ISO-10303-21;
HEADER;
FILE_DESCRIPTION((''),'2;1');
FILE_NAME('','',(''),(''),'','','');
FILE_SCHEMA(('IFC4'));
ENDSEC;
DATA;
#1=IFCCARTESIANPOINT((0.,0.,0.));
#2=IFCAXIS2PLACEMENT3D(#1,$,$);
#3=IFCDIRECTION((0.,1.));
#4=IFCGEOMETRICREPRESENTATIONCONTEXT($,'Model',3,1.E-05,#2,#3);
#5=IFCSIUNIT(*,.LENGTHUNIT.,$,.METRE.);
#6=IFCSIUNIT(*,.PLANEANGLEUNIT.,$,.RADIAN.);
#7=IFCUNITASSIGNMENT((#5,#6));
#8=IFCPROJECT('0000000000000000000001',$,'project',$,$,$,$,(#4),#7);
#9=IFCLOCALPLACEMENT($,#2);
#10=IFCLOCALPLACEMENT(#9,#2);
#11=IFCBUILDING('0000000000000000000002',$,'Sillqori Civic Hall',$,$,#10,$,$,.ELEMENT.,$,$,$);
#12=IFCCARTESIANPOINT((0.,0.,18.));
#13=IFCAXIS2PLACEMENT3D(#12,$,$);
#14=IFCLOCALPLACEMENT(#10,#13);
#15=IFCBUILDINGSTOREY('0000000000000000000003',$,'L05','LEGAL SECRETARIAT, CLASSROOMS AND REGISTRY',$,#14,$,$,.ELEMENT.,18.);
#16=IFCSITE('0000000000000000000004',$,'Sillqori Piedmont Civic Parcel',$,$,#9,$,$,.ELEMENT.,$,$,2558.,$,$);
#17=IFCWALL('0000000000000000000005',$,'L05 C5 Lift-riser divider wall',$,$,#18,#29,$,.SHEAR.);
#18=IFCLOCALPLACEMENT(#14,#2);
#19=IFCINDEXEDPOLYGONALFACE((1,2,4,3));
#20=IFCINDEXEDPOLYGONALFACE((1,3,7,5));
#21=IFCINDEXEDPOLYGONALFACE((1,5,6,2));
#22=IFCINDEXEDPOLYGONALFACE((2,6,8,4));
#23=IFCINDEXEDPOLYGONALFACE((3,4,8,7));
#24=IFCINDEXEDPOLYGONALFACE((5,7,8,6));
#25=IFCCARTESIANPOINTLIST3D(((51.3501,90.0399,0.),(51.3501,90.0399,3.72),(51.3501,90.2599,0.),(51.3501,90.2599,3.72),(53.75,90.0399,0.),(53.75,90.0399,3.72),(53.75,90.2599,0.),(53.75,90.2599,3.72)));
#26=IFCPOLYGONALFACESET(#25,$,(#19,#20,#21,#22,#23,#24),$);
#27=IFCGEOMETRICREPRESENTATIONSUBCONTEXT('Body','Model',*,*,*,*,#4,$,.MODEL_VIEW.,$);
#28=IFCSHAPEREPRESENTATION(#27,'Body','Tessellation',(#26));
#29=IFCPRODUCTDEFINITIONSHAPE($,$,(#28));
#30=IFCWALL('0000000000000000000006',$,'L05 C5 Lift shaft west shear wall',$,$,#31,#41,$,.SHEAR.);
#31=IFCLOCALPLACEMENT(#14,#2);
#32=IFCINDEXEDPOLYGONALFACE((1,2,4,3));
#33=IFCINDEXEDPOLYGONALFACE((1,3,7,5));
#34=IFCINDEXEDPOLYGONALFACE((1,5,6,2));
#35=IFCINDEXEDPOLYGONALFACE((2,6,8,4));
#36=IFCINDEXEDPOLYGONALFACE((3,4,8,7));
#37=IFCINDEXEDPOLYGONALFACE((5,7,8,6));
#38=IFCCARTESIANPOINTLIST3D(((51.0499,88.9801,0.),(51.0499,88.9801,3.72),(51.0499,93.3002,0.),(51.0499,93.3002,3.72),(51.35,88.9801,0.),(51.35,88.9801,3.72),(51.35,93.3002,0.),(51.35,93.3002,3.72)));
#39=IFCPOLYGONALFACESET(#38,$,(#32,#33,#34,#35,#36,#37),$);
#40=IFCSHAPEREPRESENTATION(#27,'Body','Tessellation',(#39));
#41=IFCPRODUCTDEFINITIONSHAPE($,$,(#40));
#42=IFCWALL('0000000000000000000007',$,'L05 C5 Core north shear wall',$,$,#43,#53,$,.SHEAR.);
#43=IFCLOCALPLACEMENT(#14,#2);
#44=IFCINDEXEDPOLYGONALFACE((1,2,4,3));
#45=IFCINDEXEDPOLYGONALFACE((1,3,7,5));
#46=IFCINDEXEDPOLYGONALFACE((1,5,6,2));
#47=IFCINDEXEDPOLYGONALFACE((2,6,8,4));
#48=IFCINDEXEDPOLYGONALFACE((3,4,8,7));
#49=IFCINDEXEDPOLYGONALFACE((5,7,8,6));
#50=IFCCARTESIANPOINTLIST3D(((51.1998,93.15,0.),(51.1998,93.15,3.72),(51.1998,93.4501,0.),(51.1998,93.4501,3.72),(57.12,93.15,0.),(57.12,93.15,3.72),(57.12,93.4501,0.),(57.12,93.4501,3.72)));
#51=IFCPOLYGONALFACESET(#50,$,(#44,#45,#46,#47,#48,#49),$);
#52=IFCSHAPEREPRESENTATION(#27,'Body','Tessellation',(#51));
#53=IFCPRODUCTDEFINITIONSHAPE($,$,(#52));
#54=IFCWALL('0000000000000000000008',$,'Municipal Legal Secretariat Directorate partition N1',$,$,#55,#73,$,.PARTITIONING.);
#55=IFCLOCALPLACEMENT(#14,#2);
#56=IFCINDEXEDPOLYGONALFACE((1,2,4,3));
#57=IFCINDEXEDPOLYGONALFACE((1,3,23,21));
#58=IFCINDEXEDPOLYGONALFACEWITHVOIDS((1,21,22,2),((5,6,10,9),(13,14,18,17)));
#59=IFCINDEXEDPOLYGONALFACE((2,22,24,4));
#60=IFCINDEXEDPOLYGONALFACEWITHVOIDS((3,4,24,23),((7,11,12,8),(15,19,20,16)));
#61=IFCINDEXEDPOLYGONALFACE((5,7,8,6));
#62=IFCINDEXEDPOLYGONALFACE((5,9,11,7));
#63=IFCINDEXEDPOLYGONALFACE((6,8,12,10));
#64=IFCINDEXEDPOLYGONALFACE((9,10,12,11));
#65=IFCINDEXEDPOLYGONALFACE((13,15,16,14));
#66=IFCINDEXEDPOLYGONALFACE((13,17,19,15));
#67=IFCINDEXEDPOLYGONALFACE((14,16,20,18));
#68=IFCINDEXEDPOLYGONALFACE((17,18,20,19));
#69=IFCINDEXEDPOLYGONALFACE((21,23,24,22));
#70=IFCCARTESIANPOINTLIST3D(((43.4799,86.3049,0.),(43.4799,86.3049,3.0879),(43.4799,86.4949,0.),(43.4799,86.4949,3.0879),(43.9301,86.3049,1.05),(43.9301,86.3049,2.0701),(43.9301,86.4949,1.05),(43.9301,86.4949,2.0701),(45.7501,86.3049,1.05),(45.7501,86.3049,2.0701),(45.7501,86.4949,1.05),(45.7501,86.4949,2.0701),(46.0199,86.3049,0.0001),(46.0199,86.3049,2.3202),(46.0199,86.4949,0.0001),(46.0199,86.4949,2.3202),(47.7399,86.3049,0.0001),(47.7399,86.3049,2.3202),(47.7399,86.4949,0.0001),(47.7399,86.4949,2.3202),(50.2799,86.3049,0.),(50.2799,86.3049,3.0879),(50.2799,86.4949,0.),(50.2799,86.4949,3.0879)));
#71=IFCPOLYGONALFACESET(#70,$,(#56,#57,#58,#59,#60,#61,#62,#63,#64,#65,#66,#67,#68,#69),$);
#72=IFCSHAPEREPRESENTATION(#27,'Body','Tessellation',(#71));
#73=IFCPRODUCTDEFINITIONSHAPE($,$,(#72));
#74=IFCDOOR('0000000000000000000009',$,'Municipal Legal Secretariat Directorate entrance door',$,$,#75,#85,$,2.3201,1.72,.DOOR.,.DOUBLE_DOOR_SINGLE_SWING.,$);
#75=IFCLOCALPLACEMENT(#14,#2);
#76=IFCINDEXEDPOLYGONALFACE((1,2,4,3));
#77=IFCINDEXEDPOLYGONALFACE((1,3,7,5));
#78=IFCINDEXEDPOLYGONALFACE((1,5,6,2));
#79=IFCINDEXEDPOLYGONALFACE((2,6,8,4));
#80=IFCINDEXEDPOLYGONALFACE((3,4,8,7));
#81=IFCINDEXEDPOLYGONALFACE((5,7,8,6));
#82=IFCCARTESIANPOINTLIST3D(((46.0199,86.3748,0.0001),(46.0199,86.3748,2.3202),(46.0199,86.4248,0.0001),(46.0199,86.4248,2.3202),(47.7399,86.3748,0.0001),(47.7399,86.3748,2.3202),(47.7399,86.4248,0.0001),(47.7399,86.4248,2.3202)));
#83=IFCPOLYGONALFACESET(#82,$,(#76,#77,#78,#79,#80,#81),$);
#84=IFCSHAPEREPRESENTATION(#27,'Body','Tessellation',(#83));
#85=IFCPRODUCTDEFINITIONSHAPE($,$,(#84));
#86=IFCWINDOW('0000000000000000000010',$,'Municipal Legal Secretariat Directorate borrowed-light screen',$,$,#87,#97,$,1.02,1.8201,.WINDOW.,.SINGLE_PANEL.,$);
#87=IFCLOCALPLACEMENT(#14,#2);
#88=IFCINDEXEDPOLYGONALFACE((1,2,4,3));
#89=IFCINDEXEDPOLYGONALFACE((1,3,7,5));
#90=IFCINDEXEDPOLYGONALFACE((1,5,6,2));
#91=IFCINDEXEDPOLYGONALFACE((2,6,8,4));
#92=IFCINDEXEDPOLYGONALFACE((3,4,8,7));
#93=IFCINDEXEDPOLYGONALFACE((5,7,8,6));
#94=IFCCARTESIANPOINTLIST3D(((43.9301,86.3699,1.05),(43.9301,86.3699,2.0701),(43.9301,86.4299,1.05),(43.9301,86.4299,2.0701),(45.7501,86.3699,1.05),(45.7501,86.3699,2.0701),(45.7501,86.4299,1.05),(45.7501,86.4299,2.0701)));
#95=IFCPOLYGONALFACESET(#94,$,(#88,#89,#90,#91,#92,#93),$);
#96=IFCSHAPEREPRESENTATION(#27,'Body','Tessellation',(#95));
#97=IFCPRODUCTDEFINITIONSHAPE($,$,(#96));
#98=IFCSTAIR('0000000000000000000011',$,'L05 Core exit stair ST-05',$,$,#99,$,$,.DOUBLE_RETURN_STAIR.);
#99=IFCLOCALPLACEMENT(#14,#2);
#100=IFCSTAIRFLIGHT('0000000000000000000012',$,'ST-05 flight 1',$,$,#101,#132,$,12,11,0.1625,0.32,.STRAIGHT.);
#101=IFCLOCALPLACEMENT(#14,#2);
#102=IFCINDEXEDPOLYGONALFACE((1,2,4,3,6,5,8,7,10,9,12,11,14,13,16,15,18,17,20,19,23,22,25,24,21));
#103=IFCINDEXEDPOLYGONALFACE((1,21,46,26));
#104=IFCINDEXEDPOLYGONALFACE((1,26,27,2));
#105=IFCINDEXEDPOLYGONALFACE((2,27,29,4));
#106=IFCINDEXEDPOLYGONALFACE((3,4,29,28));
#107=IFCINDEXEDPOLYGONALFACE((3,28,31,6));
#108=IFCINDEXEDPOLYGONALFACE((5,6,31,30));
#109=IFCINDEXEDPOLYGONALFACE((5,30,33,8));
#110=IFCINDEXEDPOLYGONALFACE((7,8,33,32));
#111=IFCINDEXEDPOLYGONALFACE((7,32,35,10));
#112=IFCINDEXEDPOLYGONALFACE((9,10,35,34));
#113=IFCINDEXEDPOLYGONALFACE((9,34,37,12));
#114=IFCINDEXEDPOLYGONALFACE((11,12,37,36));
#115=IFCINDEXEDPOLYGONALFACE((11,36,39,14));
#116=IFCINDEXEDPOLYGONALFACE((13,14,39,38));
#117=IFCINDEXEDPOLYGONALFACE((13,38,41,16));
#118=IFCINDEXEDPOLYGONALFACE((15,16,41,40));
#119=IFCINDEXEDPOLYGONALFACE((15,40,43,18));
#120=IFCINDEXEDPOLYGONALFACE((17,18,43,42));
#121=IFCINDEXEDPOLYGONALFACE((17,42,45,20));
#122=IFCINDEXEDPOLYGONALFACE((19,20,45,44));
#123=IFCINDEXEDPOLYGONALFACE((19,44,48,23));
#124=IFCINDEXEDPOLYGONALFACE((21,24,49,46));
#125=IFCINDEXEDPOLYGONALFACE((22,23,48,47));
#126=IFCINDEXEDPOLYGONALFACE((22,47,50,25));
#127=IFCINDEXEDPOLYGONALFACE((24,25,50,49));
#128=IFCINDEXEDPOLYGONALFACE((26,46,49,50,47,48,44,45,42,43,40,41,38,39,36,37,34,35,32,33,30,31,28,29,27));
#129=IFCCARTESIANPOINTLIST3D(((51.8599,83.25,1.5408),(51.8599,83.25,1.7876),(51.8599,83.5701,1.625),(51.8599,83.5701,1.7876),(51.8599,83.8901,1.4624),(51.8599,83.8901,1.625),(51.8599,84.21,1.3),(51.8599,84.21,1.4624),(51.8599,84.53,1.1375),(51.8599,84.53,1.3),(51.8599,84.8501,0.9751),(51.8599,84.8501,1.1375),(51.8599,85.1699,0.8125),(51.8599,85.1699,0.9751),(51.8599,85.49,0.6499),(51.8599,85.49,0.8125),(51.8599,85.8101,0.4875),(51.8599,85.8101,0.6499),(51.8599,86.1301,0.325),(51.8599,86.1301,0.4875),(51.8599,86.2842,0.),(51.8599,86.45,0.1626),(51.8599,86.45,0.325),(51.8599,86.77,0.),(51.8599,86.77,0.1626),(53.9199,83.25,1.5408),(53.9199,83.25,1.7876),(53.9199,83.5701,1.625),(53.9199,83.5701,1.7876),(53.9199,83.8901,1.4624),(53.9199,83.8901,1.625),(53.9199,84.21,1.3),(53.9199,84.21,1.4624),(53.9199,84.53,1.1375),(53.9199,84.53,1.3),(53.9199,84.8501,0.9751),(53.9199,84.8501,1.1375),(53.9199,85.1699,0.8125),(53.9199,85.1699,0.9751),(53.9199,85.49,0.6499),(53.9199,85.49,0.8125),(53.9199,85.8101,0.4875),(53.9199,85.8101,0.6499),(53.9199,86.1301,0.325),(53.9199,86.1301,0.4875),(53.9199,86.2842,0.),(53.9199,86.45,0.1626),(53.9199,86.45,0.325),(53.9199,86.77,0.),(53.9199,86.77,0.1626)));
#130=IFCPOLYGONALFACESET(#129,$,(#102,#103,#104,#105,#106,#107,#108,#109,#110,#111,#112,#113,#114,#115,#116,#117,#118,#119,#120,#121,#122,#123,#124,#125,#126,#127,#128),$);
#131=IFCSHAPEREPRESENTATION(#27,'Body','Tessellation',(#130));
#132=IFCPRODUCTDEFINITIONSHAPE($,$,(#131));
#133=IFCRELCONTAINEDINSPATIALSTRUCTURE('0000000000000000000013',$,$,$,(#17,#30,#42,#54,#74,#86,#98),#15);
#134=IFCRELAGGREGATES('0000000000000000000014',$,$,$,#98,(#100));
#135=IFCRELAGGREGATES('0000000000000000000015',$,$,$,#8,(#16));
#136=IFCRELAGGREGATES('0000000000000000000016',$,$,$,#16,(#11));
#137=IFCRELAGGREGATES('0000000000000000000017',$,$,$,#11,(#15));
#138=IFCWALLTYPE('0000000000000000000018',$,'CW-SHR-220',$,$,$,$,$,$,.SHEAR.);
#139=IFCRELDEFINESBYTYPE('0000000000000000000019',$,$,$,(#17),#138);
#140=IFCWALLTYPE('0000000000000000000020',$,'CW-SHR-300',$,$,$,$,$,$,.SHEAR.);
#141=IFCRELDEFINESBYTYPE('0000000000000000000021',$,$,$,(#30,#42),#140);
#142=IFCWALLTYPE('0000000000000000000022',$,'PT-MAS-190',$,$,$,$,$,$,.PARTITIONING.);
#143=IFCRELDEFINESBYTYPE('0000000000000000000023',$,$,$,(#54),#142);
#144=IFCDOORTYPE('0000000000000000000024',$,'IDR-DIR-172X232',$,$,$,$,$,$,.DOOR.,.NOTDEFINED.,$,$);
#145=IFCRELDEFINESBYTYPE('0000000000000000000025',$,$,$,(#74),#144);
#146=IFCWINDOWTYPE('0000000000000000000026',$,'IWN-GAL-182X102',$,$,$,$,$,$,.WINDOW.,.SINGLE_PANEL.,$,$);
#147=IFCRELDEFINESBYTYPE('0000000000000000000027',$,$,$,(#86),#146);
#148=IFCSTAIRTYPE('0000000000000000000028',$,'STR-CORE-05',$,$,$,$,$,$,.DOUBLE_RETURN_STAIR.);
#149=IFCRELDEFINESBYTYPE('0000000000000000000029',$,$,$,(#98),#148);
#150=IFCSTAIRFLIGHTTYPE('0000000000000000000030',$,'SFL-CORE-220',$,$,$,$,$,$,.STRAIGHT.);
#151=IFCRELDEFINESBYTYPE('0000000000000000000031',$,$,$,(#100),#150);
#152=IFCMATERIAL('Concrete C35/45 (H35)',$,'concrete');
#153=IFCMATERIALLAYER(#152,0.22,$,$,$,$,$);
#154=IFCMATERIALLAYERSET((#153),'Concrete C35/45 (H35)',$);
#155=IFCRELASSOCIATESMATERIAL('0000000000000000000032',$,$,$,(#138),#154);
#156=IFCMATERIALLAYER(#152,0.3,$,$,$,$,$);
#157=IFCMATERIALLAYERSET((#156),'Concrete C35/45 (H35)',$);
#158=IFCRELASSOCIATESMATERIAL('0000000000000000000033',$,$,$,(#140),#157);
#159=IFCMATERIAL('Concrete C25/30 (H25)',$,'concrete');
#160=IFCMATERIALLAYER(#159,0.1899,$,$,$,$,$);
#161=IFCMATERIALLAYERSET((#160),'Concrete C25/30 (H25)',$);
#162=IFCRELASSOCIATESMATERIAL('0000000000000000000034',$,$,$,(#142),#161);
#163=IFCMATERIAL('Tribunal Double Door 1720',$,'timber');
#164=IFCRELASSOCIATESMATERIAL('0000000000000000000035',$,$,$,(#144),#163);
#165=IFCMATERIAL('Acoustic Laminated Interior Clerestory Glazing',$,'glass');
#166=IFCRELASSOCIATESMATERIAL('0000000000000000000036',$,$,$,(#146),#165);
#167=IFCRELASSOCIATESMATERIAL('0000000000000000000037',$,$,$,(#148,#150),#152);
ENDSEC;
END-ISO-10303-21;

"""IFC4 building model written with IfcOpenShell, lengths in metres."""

from ifc_helpers import new_model, si_unit, direction, frame, frame_2d, origin, place, context, subcontext, project, spatial, polyline, rectangle, outline, extrude, material, layer, layer_set, type_object, element, fill, aggregate, save


model = new_model("IFC4")

# Units and contexts
model_context = context("Model", 3, precision=1e-05, world=origin(), true_north=direction((0.0, 1.0)))
body_context = subcontext(model_context, "Body", "Model", "MODEL_VIEW")
ifc_project = project(units=[si_unit("LENGTHUNIT", "METRE"), si_unit("PLANEANGLEUNIT", "RADIAN")], contexts=[model_context])

# Site, building, storey
site_placement = place(None, origin())
site = spatial("IfcSite", under=ifc_project, at=site_placement, Name="Sillqori Piedmont Civic Parcel", CompositionType="ELEMENT", RefElevation=2558.0)
building_placement = place(site_placement, origin())
building = spatial("IfcBuilding", under=site, at=building_placement, Name="Sillqori Civic Hall", CompositionType="ELEMENT")
storey_placement = place(building_placement, frame((0.0, 0.0, 18.0)))
storey = spatial("IfcBuildingStorey", under=building, at=storey_placement, Name="L05", Description="LEGAL SECRETARIAT, CLASSROOMS AND REGISTRY", CompositionType="ELEMENT", Elevation=18.0)

# Shared definitions
ifc_material_1 = material(Name="Concrete C35/45 (H35)", Category="concrete")

# Wall
ifc_layer_1 = layer(ifc_material_1, 0.22)
ifc_layer_set_1 = layer_set([ifc_layer_1], Name="Concrete C35/45 (H35)")
wall_type_1 = type_object("IfcWallType", Name="CW-SHR-220", PredefinedType="SHEAR", material=ifc_layer_set_1)
wall_1_placement = place(storey_placement, frame((51.3501, 90.1499, 0.0), z_axis=(0.0, 0.0, 1.0), x_axis=(1.0, 0.0, 0.0)))
element("IfcWall", 1, at=wall_1_placement, inside=storey, type_object=wall_type_1, Name="L05 C5 Lift-riser divider wall", PredefinedType="SHEAR", context=body_context, shape_type="SweptSolid", body=[
    extrude(rectangle(XDim=2.3999, YDim=0.22, at=frame_2d((1.2, 0.0))), origin(), (0.0, 0.0, 1.0), 3.72),
])

# Walls
ifc_layer_2 = layer(ifc_material_1, 0.3)
ifc_layer_set_2 = layer_set([ifc_layer_2], Name="Concrete C35/45 (H35)")
wall_type_2 = type_object("IfcWallType", Name="CW-SHR-300", PredefinedType="SHEAR", material=ifc_layer_set_2)
wall_2_placement = place(storey_placement, frame((51.2, 88.98, 0.0), z_axis=(0.0, 0.0, 1.0), x_axis=(0.0, 1.0, 0.0)))
element("IfcWall", 2, at=wall_2_placement, inside=storey, type_object=wall_type_2, Name="L05 C5 Lift shaft west shear wall", PredefinedType="SHEAR", context=body_context, shape_type="SweptSolid", body=[
    extrude(rectangle(XDim=4.3201, YDim=0.3, at=frame_2d((2.1602, 0.0))), origin(), (0.0, 0.0, 1.0), 3.72),
])
wall_3_placement = place(storey_placement, frame((51.2, 93.3, 0.0), z_axis=(0.0, 0.0, 1.0), x_axis=(1.0, 0.0, 0.0)))
element("IfcWall", 3, at=wall_3_placement, inside=storey, type_object=wall_type_2, Name="L05 C5 Core north shear wall", PredefinedType="SHEAR", context=body_context, shape_type="SweptSolid", body=[
    extrude(rectangle(XDim=5.9202, YDim=0.3, at=frame_2d((2.96, 0.0))), origin(), (0.0, 0.0, 1.0), 3.72),
])

# Wall, openings, door, window
ifc_material_2 = material(Name="Concrete C25/30 (H25)", Category="concrete")
ifc_layer_3 = layer(ifc_material_2, 0.1899)
ifc_layer_set_3 = layer_set([ifc_layer_3], Name="Concrete C25/30 (H25)")
wall_type_3 = type_object("IfcWallType", Name="PT-MAS-190", PredefinedType="PARTITIONING", material=ifc_layer_set_3)
wall_4_placement = place(storey_placement, frame((43.48, 86.3999, 0.0), z_axis=(0.0, 0.0, 1.0), x_axis=(1.0, 0.0, 0.0)))
wall_4 = element("IfcWall", 4, at=wall_4_placement, inside=storey, type_object=wall_type_3, Name="Municipal Legal Secretariat Directorate partition N1", PredefinedType="PARTITIONING", context=body_context, shape_type="SweptSolid", body=[
    extrude(rectangle(XDim=6.8, YDim=0.1899, at=frame_2d((3.3999, 0.0))), origin(), (0.0, 0.0, 1.0), 3.0879),
])
opening_1_placement = place(wall_4_placement, frame((2.54, 0.0, 0.0)))
opening_1 = element("IfcOpeningElement", 5, at=opening_1_placement, cuts=wall_4, PredefinedType="OPENING", context=body_context, shape_type="SweptSolid", body=[
    extrude(rectangle(XDim=1.72, YDim=2.3201, at=frame_2d((0.8599, 1.1602))), frame((0.0, 0.105, 0.0), z_axis=(0.0, -1.0, 0.0), x_axis=(1.0, 0.0, 0.0)), (0.0, 0.0, 1.0), 0.21),
])
opening_2_placement = place(wall_4_placement, frame((0.45, 0.0, 1.05)))
opening_2 = element("IfcOpeningElement", 6, at=opening_2_placement, cuts=wall_4, PredefinedType="OPENING", context=body_context, shape_type="SweptSolid", body=[
    extrude(rectangle(XDim=1.8201, YDim=1.02, at=frame_2d((0.9102, 0.51))), frame((0.0, 0.105, 0.0), z_axis=(0.0, -1.0, 0.0), x_axis=(1.0, 0.0, 0.0)), (0.0, 0.0, 1.0), 0.21),
])
ifc_material_3 = material(Name="Tribunal Double Door 1720", Category="timber")
door_type_1 = type_object("IfcDoorType", Name="IDR-DIR-172X232", OperationType="NOTDEFINED", PredefinedType="DOOR", material=ifc_material_3)
door_1_placement = place(opening_1_placement, origin())
door_1 = element("IfcDoor", 7, at=door_1_placement, inside=storey, type_object=door_type_1, Name="Municipal Legal Secretariat Directorate entrance door", OperationType="DOUBLE_DOOR_SINGLE_SWING", OverallHeight=2.3201, OverallWidth=1.72, PredefinedType="DOOR", context=body_context, shape_type="SweptSolid", body=[
    extrude(rectangle(XDim=1.72, YDim=2.3201, at=frame_2d((0.8599, 1.1602))), frame((0.0, 0.0249, 0.0), z_axis=(0.0, -1.0, 0.0), x_axis=(1.0, 0.0, 0.0)), (0.0, 0.0, 1.0), 0.05),
])
fill(opening_1, door_1)
ifc_material_4 = material(Name="Acoustic Laminated Interior Clerestory Glazing", Category="glass")
window_type = type_object("IfcWindowType", Name="IWN-GAL-182X102", PartitioningType="SINGLE_PANEL", PredefinedType="WINDOW", material=ifc_material_4)
window_placement = place(opening_2_placement, origin())
window = element("IfcWindow", 8, at=window_placement, inside=storey, type_object=window_type, Name="Municipal Legal Secretariat Directorate borrowed-light screen", OverallHeight=1.02, OverallWidth=1.8201, PartitioningType="SINGLE_PANEL", PredefinedType="WINDOW", context=body_context, shape_type="SweptSolid", body=[
    extrude(rectangle(XDim=1.8201, YDim=1.02, at=frame_2d((0.9102, 0.51))), frame((0.0, 0.03, 0.0), z_axis=(0.0, -1.0, 0.0), x_axis=(1.0, 0.0, 0.0)), (0.0, 0.0, 1.0), 0.0601),
])
fill(opening_2, window)

# Stair, stair flight
stair_type = type_object("IfcStairType", Name="STR-CORE-05", PredefinedType="DOUBLE_RETURN_STAIR", material=ifc_material_1)
stair_placement = place(storey_placement, origin())
stair = element("IfcStair", 9, at=stair_placement, inside=storey, type_object=stair_type, Name="L05 Core exit stair ST-05", PredefinedType="DOUBLE_RETURN_STAIR")
stair_flight_type = type_object("IfcStairFlightType", Name="SFL-CORE-220", PredefinedType="STRAIGHT", material=ifc_material_1)
stair_flight_placement = place(storey_placement, frame((52.8899, 86.77, 0.0), z_axis=(0.0, 0.0, 1.0), x_axis=(0.0, -1.0, 0.0)))
stair_flight = element("IfcStairFlight", 10, at=stair_flight_placement, type_object=stair_flight_type, Name="ST-05 flight 1", NumberOfRisers=12, NumberOfTreads=11, PredefinedType="STRAIGHT", RiserHeight=0.1625, TreadLength=0.32, context=body_context, shape_type="SweptSolid", body=[
    extrude(outline(polyline([(0.0, 0.0), (0.0, 0.1626), (0.3201, 0.1626), (0.3201, 0.325), (0.6399, 0.325), (0.6399, 0.4875), (0.96, 0.4875), (0.96, 0.6499), (1.28, 0.6499), (1.28, 0.8125), (1.6001, 0.8125), (1.6001, 0.9751), (1.9199, 0.9751), (1.9199, 1.1375), (2.24, 1.1375), (2.24, 1.3), (2.5601, 1.3), (2.5601, 1.4624), (2.8799, 1.4624), (2.8799, 1.625), (3.2, 1.625), (3.2, 1.7876), (3.52, 1.7876), (3.52, 1.95), (3.52, 1.5408), (0.4858, 0.0), (0.0, 0.0)])), frame((0.0, 1.03, 0.0), z_axis=(0.0, -1.0, 0.0), x_axis=(1.0, 0.0, 0.0)), (0.0, 0.0, 1.0), 2.0601),
])
aggregate(stair, [stair_flight])

save(model, "model.ifc")
